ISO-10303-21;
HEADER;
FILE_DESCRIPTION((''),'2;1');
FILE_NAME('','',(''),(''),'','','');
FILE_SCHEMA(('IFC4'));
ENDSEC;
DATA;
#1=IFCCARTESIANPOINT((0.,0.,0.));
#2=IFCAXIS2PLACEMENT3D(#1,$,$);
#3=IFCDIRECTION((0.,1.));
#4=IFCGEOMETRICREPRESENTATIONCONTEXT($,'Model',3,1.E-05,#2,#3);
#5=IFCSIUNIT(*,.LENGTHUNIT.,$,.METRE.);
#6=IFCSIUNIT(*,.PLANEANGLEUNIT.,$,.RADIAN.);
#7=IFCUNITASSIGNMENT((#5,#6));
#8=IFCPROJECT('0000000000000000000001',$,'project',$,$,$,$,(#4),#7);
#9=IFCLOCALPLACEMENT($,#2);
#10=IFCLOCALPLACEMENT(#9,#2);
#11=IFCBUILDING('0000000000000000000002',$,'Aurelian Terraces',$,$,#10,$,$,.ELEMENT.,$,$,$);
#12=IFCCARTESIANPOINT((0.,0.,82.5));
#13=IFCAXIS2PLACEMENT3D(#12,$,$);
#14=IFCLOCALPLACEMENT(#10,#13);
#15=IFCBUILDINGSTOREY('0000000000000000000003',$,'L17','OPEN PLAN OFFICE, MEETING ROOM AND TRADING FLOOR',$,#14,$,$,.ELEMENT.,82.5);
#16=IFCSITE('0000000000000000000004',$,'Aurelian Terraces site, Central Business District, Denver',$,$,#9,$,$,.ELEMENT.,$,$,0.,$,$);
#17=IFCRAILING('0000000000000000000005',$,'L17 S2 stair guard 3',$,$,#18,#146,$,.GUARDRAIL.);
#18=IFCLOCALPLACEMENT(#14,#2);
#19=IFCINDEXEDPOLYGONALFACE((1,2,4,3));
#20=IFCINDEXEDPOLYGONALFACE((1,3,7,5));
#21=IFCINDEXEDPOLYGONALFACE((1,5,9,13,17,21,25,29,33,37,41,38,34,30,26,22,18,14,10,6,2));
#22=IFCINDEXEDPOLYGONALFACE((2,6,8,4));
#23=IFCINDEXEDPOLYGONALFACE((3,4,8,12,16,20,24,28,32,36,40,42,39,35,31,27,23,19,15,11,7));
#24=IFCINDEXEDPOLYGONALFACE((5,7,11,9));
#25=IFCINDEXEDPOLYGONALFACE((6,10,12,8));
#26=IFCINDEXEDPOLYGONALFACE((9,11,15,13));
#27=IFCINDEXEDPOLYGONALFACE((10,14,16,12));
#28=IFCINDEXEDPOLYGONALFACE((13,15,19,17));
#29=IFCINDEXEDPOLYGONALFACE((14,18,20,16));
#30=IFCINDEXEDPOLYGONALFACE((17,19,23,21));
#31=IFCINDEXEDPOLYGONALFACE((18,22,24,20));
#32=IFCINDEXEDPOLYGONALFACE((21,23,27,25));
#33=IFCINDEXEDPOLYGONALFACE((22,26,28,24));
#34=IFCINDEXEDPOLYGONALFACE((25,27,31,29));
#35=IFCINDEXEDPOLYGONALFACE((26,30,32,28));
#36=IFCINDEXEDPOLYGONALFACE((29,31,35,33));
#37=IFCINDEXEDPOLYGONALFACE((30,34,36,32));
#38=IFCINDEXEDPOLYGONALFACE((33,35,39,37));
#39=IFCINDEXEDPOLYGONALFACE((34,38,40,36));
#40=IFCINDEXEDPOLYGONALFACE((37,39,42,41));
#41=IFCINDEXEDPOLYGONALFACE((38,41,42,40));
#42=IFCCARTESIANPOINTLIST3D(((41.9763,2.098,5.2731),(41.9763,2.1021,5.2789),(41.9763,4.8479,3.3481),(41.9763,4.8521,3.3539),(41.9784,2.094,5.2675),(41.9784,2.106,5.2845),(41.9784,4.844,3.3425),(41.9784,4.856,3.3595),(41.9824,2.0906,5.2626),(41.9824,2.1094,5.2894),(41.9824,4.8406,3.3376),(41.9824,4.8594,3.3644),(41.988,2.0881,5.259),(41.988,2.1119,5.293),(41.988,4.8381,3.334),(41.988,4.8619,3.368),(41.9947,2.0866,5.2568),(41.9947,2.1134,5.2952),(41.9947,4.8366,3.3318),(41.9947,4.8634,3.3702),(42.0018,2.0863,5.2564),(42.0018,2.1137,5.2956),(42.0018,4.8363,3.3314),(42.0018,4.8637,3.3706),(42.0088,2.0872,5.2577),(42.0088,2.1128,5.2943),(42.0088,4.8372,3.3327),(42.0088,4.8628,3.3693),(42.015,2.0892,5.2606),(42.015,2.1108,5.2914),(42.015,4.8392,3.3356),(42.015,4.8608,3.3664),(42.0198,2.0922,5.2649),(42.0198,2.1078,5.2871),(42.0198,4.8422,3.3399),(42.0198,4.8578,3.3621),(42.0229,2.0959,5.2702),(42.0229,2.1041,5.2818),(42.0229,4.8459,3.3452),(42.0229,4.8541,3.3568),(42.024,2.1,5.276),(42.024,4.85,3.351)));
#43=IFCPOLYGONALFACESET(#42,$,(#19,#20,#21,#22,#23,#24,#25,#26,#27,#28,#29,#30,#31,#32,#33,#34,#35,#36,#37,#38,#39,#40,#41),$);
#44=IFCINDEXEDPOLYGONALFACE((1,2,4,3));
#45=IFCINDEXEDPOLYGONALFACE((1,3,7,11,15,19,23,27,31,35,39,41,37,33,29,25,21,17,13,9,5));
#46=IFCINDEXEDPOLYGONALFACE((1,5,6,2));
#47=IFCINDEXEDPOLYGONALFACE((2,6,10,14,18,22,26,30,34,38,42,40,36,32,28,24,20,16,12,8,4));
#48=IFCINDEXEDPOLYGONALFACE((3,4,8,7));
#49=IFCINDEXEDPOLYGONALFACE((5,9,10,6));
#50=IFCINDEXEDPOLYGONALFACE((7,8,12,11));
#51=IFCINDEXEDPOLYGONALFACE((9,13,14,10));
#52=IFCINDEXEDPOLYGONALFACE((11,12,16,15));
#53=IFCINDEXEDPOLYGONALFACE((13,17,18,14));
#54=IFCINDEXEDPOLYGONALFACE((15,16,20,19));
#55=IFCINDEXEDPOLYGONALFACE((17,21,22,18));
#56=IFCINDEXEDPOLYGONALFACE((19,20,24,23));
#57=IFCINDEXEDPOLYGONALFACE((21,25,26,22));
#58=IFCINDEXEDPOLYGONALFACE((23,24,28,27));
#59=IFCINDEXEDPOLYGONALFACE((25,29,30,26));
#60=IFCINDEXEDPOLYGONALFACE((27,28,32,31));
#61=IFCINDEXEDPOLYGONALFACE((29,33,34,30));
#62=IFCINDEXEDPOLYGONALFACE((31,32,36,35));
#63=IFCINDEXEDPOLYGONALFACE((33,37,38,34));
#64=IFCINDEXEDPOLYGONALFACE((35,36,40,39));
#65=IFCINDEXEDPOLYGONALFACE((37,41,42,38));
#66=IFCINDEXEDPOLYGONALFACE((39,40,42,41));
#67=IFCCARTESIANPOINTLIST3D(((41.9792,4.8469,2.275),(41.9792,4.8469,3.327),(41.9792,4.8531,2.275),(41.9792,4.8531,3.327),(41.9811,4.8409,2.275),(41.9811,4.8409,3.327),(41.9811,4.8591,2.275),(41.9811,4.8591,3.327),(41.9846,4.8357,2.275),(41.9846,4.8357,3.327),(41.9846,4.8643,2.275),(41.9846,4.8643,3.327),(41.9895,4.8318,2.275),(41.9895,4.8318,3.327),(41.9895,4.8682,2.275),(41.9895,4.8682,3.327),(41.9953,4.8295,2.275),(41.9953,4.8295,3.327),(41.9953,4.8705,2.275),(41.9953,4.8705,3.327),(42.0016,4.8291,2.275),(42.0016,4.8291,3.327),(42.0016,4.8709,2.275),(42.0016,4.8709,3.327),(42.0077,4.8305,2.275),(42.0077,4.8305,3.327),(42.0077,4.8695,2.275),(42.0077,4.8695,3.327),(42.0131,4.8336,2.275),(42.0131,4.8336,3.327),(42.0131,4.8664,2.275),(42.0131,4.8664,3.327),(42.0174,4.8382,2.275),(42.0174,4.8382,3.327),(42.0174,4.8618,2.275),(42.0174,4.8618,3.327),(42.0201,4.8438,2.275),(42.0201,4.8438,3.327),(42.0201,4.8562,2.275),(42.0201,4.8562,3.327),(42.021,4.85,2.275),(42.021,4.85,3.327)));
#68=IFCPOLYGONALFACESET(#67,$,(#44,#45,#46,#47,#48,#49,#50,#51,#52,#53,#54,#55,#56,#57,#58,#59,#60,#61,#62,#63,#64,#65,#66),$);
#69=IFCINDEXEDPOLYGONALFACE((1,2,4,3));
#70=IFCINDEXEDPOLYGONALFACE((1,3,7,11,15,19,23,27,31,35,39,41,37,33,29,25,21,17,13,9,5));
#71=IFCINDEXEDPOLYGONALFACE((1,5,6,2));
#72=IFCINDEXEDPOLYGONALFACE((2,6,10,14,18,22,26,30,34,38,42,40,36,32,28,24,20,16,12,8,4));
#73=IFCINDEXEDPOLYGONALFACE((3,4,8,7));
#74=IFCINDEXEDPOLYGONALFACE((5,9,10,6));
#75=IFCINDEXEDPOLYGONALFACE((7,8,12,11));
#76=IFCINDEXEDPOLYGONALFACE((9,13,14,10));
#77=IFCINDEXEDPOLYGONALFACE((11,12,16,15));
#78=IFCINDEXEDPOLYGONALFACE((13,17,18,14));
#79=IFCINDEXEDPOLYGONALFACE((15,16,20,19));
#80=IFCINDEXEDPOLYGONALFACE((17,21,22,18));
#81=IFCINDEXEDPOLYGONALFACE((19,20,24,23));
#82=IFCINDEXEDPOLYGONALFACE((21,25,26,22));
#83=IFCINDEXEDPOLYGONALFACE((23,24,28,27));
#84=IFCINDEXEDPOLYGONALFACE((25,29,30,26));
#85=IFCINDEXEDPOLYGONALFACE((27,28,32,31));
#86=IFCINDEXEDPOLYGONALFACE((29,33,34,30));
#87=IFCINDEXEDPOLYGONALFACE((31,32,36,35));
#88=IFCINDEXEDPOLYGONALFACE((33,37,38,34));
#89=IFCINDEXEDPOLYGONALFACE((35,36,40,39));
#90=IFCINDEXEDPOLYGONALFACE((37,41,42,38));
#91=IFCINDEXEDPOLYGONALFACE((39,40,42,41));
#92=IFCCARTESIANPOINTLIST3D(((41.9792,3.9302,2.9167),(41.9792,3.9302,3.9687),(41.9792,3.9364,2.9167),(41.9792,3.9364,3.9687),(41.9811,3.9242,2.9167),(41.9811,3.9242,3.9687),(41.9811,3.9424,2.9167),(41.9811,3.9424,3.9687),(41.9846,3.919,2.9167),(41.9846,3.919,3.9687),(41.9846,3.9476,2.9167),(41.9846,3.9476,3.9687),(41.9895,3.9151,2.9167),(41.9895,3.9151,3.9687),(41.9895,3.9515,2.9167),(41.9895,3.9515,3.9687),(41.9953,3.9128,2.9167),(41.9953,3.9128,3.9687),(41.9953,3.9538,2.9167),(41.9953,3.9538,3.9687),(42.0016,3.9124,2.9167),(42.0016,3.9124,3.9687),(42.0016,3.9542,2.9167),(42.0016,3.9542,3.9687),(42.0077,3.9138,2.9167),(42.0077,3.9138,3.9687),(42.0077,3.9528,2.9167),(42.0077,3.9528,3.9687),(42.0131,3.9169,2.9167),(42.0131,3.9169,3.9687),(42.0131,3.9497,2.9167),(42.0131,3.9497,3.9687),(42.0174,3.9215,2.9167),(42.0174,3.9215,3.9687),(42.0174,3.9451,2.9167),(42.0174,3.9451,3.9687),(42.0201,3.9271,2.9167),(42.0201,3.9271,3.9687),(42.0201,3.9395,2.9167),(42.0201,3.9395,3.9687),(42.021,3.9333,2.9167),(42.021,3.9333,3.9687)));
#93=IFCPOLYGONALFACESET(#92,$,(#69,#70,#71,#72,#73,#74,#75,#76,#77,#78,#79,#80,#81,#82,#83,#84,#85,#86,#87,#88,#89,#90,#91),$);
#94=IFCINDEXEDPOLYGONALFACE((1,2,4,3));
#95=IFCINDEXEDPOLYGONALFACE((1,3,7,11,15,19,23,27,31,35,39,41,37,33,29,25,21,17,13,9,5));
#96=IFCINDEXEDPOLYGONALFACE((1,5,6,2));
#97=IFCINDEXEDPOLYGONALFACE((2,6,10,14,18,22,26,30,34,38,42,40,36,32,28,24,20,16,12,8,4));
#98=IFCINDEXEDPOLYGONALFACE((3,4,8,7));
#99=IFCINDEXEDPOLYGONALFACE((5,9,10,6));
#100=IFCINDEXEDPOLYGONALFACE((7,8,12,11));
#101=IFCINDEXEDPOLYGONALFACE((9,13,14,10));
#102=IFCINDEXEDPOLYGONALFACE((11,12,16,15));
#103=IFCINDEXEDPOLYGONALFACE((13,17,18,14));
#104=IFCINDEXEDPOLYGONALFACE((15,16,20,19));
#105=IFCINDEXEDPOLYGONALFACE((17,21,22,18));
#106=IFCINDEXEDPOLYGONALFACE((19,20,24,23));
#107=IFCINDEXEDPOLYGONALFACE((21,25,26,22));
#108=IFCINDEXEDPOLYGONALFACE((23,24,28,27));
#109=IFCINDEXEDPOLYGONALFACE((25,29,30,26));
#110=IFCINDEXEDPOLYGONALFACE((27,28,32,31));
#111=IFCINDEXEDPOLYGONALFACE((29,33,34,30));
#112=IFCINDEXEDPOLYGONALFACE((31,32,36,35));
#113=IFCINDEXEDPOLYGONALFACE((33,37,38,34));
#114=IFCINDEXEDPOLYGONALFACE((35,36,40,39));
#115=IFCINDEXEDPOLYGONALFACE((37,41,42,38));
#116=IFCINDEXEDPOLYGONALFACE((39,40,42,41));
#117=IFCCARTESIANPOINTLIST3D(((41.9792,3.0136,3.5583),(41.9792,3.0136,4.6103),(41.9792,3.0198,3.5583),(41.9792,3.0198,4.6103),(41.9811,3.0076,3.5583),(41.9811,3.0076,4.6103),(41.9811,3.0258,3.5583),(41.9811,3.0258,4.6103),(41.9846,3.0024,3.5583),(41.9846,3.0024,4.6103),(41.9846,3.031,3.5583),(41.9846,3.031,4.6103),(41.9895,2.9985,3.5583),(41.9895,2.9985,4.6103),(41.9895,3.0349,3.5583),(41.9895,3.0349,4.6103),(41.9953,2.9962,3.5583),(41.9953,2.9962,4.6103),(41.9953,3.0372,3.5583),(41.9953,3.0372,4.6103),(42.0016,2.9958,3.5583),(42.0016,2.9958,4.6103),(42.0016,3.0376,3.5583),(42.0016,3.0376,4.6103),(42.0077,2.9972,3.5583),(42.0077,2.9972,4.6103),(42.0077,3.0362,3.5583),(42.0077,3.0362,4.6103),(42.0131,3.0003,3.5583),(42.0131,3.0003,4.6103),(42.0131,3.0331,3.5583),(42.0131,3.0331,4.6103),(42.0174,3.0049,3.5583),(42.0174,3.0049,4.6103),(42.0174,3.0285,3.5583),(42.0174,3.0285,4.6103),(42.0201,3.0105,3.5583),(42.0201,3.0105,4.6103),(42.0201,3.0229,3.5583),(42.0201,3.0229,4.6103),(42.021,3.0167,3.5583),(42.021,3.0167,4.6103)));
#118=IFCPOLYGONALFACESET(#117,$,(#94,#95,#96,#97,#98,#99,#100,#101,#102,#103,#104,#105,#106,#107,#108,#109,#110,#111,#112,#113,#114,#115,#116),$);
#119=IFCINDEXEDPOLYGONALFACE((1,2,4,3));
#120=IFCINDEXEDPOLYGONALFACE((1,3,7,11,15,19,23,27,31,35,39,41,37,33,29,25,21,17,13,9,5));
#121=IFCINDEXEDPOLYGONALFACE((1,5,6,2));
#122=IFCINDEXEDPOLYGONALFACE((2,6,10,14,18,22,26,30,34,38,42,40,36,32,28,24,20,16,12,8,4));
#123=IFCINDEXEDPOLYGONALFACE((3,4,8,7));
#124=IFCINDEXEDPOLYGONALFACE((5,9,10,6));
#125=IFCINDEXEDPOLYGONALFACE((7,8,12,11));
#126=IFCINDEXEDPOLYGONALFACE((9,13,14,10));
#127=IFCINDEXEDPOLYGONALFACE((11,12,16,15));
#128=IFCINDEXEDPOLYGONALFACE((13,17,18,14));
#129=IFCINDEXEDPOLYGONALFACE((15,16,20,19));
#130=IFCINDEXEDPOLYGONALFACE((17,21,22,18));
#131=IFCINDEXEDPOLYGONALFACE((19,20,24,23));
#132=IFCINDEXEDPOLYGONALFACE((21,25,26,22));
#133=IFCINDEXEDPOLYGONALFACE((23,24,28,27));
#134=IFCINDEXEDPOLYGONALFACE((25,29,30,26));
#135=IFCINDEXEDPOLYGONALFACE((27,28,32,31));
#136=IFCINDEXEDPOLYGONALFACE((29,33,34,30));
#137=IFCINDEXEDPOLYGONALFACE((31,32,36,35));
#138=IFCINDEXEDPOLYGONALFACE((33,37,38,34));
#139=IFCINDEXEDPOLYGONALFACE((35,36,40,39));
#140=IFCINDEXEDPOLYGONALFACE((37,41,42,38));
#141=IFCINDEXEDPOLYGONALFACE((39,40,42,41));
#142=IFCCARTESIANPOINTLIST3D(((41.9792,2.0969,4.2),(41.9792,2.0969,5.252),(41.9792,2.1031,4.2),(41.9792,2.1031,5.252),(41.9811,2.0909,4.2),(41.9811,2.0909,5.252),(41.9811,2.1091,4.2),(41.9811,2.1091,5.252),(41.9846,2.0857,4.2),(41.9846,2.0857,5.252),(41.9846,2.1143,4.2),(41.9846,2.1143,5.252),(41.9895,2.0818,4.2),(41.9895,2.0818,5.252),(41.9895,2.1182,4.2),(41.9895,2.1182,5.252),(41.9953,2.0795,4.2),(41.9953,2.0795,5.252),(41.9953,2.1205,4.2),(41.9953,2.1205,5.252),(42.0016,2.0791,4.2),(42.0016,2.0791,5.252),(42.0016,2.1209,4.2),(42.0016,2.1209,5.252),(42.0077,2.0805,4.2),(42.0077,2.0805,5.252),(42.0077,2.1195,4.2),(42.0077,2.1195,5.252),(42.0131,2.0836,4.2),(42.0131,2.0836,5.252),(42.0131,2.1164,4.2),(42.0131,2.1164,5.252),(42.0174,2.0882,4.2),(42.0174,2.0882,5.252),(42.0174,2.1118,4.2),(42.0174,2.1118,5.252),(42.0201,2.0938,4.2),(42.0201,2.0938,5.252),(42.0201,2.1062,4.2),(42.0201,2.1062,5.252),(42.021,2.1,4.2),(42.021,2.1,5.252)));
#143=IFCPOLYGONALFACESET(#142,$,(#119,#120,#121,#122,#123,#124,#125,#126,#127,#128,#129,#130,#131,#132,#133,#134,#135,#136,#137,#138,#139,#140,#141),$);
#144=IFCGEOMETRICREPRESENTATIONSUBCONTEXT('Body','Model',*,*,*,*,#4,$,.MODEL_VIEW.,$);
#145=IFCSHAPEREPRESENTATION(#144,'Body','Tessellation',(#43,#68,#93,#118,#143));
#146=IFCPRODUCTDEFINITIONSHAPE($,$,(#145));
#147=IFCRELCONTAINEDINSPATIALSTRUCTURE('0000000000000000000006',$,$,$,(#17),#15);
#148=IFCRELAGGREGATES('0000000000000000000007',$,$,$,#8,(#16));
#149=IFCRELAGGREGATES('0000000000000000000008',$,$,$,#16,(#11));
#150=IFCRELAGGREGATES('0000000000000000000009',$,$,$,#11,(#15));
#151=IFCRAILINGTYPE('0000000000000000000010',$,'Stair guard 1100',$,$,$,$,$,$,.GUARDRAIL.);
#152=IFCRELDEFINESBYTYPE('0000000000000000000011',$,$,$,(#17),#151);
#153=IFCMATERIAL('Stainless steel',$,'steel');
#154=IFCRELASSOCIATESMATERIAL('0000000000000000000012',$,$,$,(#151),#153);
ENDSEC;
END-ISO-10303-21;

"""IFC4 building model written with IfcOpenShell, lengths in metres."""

from ifc_helpers import new_model, si_unit, direction, frame, origin, origin_2d, place, context, subcontext, project, spatial, circle, extrude, source, transform, mapped, material, type_object, element, save


model = new_model("IFC4")

# Units and contexts
model_context = context("Model", 3, precision=1e-05, world=origin(), true_north=direction((0.0, 1.0)))
body_context = subcontext(model_context, "Body", "Model", "MODEL_VIEW")
ifc_project = project(units=[si_unit("LENGTHUNIT", "METRE"), si_unit("PLANEANGLEUNIT", "RADIAN")], contexts=[model_context])

# Site, building, storey
site_placement = place(None, origin())
site = spatial("IfcSite", under=ifc_project, at=site_placement, Name="Aurelian Terraces site, Central Business District, Denver", CompositionType="ELEMENT", RefElevation=0.0)
building_placement = place(site_placement, origin())
building = spatial("IfcBuilding", under=site, at=building_placement, Name="Aurelian Terraces", CompositionType="ELEMENT")
storey_placement = place(building_placement, frame((0.0, 0.0, 82.5)))
storey = spatial("IfcBuildingStorey", under=building, at=storey_placement, Name="L17", Description="OPEN PLAN OFFICE, MEETING ROOM AND TRADING FLOOR", CompositionType="ELEMENT", Elevation=82.5)

# Railing
ifc_material_1 = material(Name="Stainless steel", Category="steel")
railing_type_1 = type_object("IfcRailingType", Name="Stair guard 1100", PredefinedType="GUARDRAIL", material=ifc_material_1)
shared_shape_1 = source(origin(), body_context, "Body", "SweptSolid", [
    extrude(circle(Radius=0.024, at=origin_2d()), frame((0.0, 0.0, 1.076), z_axis=(0.0, -0.819232, 0.573462), x_axis=(1.0, 0.0, 0.0)), (0.0, 0.0, 1.0), 3.3568),
    extrude(circle(Radius=0.021, at=origin_2d()), origin(), (0.0, 0.0, 1.0), 1.052),
    extrude(circle(Radius=0.021, at=origin_2d()), frame((0.0, -0.9167, 0.6417)), (0.0, 0.0, 1.0), 1.052),
    extrude(circle(Radius=0.021, at=origin_2d()), frame((0.0, -1.8333, 1.2833)), (0.0, 0.0, 1.0), 1.052),
    extrude(circle(Radius=0.021, at=origin_2d()), frame((0.0, -2.75, 1.925)), (0.0, 0.0, 1.0), 1.052),
])
railing_1_placement = place(storey_placement, frame((42.0, 4.85, 2.275)))
element("IfcRailing", 1, at=railing_1_placement, inside=storey, type_object=railing_type_1, Name="L17 S2 stair guard 3", PredefinedType="GUARDRAIL", context=body_context, shape_type="MappedRepresentation", body=[
    mapped(shared_shape_1, transform((0.0, 0.0, 0.0), scale=1.0)),
])

save(model, "model.ifc")
